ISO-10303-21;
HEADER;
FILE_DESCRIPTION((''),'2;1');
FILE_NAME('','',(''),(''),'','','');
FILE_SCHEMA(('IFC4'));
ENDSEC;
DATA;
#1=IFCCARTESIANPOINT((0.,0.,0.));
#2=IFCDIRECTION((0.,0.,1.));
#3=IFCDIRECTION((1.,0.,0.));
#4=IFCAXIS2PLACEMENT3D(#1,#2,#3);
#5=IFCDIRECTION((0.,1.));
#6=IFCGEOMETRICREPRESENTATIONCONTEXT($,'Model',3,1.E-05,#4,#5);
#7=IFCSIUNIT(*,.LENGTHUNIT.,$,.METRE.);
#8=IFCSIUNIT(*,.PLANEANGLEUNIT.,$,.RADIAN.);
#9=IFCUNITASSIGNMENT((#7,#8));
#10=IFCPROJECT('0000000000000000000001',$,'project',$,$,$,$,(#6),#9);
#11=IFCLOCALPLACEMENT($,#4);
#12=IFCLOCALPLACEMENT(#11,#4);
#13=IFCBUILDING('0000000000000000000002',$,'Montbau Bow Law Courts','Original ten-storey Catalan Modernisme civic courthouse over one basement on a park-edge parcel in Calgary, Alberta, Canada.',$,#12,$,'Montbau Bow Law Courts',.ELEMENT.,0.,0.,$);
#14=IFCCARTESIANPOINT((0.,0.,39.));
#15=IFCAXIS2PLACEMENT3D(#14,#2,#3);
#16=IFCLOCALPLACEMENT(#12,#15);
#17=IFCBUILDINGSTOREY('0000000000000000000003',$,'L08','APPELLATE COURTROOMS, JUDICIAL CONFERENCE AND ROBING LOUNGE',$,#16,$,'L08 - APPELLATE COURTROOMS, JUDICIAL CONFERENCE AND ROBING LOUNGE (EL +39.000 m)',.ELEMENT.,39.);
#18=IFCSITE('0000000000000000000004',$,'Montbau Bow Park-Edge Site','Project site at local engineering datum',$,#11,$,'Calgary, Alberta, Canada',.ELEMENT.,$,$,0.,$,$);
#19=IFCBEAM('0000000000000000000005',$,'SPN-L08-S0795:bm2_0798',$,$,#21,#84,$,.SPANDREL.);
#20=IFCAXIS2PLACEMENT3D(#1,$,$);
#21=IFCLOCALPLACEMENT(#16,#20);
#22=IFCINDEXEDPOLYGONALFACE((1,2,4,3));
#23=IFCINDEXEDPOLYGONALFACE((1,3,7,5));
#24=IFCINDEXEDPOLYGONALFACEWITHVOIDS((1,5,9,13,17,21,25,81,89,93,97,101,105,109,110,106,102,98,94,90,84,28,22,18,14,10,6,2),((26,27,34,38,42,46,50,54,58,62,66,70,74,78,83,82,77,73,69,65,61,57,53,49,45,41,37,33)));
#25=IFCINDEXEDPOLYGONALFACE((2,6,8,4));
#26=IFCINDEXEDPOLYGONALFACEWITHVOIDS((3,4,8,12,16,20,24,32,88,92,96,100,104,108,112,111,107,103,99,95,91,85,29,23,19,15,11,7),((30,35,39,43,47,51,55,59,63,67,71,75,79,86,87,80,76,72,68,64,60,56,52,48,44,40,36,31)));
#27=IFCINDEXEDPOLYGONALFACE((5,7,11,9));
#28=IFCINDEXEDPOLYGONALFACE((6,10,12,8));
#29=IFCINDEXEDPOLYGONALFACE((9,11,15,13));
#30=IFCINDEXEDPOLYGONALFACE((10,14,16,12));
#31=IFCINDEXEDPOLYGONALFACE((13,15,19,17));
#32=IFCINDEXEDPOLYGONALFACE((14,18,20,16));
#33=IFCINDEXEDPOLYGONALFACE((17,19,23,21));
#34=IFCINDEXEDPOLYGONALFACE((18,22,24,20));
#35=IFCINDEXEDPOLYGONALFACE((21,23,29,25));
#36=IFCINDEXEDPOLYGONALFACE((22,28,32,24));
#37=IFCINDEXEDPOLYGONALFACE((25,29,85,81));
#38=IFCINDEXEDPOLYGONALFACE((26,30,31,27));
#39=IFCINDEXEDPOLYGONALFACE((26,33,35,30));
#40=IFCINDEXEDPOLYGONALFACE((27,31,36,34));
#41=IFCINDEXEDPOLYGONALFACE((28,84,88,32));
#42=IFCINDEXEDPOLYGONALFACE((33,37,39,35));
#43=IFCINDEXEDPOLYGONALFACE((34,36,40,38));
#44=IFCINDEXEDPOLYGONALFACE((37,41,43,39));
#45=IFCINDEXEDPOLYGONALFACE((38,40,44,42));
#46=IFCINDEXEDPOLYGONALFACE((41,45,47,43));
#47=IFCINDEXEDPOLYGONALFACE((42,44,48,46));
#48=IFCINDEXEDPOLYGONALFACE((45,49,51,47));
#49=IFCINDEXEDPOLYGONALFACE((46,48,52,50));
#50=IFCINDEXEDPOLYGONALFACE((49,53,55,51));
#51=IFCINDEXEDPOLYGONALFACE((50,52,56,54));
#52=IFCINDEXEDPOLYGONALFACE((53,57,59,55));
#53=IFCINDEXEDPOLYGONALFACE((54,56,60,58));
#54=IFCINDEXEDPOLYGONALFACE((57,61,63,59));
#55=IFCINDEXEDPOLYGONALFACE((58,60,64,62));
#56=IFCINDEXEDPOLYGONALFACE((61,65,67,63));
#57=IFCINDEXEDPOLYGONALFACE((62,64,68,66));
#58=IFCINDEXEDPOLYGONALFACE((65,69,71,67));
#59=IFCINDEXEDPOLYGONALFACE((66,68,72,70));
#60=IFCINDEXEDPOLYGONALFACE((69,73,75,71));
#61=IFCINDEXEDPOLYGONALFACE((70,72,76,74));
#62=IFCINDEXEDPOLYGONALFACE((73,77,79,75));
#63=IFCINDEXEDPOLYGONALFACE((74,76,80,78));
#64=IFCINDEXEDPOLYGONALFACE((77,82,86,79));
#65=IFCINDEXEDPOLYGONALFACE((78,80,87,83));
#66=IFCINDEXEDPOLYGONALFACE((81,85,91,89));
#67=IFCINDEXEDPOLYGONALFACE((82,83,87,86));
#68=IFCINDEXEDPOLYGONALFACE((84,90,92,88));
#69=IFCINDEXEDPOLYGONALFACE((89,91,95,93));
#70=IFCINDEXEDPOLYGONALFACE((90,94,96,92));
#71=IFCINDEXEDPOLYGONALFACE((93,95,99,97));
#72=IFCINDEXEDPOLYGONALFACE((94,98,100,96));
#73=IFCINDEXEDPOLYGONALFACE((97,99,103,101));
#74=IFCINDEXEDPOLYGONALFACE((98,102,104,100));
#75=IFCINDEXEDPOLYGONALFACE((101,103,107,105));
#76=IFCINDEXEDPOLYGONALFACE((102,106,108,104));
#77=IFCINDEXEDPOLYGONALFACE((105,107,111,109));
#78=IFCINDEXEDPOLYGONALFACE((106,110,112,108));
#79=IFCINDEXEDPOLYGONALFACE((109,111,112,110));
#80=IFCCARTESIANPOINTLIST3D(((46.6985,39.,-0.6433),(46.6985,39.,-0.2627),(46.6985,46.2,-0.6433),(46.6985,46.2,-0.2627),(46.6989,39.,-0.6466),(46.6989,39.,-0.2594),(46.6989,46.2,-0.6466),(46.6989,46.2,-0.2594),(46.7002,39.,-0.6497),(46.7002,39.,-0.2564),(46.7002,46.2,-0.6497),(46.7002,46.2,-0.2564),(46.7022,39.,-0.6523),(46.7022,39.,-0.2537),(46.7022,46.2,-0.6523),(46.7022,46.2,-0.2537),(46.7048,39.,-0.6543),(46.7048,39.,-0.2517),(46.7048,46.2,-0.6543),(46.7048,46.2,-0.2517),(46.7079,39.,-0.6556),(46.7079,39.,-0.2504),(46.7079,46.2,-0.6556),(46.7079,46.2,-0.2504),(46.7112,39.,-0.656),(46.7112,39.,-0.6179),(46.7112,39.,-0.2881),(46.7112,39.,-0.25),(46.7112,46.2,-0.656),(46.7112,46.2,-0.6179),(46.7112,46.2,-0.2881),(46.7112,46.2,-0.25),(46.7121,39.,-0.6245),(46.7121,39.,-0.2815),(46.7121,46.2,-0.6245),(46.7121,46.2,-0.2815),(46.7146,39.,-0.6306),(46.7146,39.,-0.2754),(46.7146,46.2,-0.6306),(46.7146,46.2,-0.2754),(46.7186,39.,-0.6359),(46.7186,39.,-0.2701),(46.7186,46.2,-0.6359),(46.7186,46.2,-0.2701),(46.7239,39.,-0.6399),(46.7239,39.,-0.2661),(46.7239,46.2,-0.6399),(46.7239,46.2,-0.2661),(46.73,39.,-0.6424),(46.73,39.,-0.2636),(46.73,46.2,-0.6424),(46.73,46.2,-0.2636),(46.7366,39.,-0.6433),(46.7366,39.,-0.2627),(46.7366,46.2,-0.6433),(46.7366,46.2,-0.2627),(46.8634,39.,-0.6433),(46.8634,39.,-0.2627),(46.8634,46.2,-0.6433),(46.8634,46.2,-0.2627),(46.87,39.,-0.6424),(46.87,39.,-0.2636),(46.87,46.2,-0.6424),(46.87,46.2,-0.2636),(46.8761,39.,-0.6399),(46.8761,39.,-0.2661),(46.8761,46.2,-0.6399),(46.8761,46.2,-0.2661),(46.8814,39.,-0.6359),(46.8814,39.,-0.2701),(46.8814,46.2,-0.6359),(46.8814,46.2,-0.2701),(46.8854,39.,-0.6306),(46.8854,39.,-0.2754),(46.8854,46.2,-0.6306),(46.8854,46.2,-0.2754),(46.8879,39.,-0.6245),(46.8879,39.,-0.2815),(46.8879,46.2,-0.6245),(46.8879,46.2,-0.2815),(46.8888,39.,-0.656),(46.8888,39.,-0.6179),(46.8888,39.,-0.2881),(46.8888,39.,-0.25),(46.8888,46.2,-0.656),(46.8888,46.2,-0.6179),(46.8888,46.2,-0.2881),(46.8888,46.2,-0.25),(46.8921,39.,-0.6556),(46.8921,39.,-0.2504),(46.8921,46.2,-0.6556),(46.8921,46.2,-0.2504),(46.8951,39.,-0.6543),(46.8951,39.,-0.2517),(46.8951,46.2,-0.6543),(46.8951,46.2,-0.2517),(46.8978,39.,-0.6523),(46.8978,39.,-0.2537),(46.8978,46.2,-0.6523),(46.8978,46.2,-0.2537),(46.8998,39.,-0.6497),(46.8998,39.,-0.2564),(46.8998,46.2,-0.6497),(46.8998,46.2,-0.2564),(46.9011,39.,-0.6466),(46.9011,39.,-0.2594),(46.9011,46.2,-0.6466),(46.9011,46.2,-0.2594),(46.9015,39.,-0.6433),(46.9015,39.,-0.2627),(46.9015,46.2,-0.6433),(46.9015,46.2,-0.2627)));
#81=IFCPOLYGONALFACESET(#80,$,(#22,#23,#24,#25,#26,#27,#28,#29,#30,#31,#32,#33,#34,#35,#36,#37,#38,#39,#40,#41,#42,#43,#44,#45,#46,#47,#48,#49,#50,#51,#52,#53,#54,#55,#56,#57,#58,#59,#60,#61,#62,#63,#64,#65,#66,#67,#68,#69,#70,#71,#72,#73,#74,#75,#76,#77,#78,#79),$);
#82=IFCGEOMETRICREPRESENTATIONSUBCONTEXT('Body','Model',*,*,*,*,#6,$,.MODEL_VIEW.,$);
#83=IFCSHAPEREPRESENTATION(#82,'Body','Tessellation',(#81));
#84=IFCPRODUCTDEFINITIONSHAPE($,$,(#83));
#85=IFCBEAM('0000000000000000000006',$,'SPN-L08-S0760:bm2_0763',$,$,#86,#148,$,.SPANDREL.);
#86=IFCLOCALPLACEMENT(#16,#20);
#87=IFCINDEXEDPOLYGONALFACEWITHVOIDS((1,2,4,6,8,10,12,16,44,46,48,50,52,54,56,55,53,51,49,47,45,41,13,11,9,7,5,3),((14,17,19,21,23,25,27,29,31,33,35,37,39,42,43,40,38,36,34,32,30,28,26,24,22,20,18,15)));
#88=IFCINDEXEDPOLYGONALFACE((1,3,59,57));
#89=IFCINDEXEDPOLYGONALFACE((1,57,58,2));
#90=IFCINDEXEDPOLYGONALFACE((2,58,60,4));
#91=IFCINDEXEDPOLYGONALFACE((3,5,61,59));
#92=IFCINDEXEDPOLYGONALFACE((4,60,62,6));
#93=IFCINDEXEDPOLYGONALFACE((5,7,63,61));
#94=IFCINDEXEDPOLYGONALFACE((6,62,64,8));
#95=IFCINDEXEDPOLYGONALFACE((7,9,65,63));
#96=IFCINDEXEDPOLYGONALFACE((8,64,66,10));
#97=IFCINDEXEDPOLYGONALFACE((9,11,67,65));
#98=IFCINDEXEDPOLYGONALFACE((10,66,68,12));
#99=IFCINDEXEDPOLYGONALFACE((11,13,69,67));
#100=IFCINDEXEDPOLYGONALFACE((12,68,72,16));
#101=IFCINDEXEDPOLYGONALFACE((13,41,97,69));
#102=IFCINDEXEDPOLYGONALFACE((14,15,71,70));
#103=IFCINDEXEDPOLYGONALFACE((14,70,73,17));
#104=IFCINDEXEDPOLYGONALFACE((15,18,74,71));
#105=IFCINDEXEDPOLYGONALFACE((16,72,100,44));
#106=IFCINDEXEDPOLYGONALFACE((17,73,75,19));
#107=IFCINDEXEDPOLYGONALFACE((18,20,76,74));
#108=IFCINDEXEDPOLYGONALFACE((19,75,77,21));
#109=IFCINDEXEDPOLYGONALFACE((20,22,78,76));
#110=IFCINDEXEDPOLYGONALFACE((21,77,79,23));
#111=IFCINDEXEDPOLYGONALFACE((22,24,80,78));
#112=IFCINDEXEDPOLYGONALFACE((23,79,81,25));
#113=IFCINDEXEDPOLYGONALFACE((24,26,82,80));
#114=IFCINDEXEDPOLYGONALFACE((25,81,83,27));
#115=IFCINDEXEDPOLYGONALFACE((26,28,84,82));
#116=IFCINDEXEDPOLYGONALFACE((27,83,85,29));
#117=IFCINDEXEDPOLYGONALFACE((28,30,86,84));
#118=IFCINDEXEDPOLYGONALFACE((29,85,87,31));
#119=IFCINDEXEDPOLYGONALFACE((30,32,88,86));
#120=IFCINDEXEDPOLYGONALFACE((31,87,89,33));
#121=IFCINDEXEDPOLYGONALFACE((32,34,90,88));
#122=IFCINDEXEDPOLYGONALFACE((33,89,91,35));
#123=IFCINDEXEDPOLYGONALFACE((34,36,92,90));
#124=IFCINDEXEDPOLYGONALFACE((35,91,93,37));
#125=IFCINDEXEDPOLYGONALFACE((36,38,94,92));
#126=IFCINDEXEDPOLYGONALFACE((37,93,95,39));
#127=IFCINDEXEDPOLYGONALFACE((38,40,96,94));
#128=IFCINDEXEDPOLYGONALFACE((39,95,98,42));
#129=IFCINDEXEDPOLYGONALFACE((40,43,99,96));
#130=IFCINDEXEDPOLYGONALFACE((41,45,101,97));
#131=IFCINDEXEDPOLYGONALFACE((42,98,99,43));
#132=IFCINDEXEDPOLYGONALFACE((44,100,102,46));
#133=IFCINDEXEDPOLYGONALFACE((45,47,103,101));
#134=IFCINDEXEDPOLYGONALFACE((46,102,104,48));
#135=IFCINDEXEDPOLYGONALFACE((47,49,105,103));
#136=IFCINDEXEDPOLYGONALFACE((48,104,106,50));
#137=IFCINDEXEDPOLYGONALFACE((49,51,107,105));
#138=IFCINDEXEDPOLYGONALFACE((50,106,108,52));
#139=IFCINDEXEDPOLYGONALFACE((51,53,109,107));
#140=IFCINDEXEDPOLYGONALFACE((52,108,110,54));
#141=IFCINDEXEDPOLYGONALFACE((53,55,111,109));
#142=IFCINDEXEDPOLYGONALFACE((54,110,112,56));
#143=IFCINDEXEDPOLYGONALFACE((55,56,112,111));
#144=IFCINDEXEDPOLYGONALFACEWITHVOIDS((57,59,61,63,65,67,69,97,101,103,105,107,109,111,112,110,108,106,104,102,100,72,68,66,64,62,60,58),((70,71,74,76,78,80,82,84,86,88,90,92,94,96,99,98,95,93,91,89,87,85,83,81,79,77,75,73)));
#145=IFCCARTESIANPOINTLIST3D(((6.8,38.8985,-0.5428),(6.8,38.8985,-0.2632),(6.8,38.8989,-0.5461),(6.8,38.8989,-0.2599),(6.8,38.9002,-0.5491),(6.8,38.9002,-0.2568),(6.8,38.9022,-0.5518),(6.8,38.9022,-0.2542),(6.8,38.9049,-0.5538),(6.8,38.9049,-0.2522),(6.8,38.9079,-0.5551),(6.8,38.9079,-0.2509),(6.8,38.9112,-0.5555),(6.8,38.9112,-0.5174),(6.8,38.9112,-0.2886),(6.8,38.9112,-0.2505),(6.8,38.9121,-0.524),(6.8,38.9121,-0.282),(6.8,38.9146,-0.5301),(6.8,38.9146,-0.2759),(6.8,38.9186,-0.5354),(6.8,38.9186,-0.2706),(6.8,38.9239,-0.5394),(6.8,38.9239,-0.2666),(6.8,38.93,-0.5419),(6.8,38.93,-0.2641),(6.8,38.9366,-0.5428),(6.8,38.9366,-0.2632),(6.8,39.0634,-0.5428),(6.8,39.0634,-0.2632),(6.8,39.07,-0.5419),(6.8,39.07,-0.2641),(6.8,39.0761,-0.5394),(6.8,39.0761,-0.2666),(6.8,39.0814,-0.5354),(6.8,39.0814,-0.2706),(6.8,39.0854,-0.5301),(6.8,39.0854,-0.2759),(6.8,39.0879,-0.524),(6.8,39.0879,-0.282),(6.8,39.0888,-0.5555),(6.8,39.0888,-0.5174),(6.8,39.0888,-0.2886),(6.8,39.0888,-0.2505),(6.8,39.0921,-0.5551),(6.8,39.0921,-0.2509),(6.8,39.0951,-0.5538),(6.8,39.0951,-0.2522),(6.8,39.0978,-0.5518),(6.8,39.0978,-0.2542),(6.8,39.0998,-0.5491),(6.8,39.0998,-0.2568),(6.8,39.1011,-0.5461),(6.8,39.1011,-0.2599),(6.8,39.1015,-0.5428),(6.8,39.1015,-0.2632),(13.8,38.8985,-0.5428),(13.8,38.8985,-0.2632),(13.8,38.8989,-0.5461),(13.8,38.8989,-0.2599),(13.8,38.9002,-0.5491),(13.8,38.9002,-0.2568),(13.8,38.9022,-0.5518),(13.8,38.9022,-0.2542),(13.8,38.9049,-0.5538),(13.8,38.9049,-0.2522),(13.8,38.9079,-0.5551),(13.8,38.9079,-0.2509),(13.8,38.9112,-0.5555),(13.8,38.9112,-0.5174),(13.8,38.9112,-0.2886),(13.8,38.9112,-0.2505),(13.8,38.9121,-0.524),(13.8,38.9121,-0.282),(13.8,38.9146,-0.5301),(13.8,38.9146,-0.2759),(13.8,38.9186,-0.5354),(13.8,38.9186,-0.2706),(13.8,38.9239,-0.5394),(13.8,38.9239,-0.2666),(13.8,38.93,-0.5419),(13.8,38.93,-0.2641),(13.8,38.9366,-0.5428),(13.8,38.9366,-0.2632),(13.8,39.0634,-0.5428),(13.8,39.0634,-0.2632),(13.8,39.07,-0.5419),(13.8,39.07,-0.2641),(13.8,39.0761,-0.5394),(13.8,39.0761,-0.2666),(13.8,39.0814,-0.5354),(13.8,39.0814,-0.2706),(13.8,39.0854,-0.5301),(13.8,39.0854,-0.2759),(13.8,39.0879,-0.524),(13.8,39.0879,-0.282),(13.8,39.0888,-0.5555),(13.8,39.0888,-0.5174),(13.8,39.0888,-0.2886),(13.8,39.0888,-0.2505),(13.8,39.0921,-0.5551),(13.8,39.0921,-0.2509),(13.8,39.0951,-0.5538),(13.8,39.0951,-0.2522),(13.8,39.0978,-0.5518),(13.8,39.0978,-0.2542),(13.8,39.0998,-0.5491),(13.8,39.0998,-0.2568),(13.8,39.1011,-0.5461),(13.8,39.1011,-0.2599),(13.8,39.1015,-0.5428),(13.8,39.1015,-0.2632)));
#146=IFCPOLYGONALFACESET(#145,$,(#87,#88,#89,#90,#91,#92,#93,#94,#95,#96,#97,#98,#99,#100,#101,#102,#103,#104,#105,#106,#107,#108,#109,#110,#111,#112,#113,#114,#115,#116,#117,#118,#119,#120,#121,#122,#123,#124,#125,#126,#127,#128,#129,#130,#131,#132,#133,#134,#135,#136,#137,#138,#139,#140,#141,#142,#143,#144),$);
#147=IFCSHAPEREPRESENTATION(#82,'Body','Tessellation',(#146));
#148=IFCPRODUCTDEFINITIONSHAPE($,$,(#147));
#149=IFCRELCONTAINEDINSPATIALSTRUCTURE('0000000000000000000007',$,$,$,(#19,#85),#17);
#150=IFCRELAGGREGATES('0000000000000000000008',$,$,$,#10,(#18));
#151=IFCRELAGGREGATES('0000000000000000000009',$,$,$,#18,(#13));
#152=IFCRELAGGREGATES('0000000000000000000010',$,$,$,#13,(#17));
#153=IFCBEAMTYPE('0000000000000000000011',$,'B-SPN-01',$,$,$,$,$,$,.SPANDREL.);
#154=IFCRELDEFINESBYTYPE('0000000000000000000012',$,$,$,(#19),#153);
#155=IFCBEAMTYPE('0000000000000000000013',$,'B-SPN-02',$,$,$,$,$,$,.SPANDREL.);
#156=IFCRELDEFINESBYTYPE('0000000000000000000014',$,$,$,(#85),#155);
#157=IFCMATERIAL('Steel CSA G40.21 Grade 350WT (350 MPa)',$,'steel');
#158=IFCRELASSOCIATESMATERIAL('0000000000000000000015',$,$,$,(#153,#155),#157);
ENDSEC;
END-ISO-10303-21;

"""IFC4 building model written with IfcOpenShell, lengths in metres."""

from ifc_helpers import new_model, si_unit, direction, frame, origin_with_axes, origin_2d_with_axis, place, context, subcontext, project, spatial, hollow_rectangle, extrude, material, material_profile, profile_set, type_object, element, save


model = new_model("IFC4")

# Units and contexts
model_context = context("Model", 3, precision=1e-05, world=origin_with_axes(), true_north=direction((0.0, 1.0)))
body_context = subcontext(model_context, "Body", "Model", "MODEL_VIEW")
ifc_project = project(units=[si_unit("LENGTHUNIT", "METRE"), si_unit("PLANEANGLEUNIT", "RADIAN")], contexts=[model_context])

# Site, building, storey
site_placement = place(None, origin_with_axes())
site = spatial("IfcSite", under=ifc_project, at=site_placement, Name="Montbau Bow Park-Edge Site", Description="Project site at local engineering datum", LongName="Calgary, Alberta, Canada", CompositionType="ELEMENT", RefElevation=0.0)
building_placement = place(site_placement, origin_with_axes())
building = spatial("IfcBuilding", under=site, at=building_placement, Name="Montbau Bow Law Courts", Description="Original ten-storey Catalan Modernisme civic courthouse over one basement on a park-edge parcel in Calgary, Alberta, Canada.", LongName="Montbau Bow Law Courts", CompositionType="ELEMENT", ElevationOfRefHeight=0.0, ElevationOfTerrain=0.0)
storey_placement = place(building_placement, frame((0.0, 0.0, 39.0), z_axis=(0.0, 0.0, 1.0), x_axis=(1.0, 0.0, 0.0)))
storey = spatial("IfcBuildingStorey", under=building, at=storey_placement, Name="L08", Description="APPELLATE COURTROOMS, JUDICIAL CONFERENCE AND ROBING LOUNGE", LongName="L08 - APPELLATE COURTROOMS, JUDICIAL CONFERENCE AND ROBING LOUNGE (EL +39.000 m)", CompositionType="ELEMENT", Elevation=39.0)

# Beams
ifc_material_1 = material(Name="Steel CSA G40.21 Grade 350WT (350 MPa)", Category="steel")
ifc_material_profile_1 = material_profile(ifc_material_1, hollow_rectangle(XDim=0.203, YDim=0.406, WallThickness=0.0127, InnerFilletRadius=0.0254, OuterFilletRadius=0.0127, at=origin_2d_with_axis()), Name="HSS406X203X13", Category="Main", Priority=0)
ifc_profile_set_1 = profile_set([ifc_material_profile_1], Name="Steel CSA G40.21 Grade 350WT (350 MPa)")
beam_type_1 = type_object("IfcBeamType", Name="B-SPN-01", PredefinedType="SPANDREL", material=ifc_profile_set_1)
for number, where, z_axis, x_axis, name in (
    (1, (46.8, 39.0, 38.547), (0.0, 1.0, 0.0), (-1.0, 0.0, 0.0), "SPN-L08-S0795:bm2_0798"),
):
    element("IfcBeam", number, at=place(None, frame(where, z_axis=z_axis, x_axis=x_axis)), inside=storey, type_object=beam_type_1, Name=name, PredefinedType="SPANDREL", context=body_context, shape_type="SweptSolid", body=[
        extrude(hollow_rectangle(XDim=0.203, YDim=0.406, WallThickness=0.0127, InnerFilletRadius=0.0254, OuterFilletRadius=0.0127, at=origin_2d_with_axis()), origin_with_axes(), (0.0, 0.0, 1.0), 7.2),
    ])
ifc_material_profile_2 = material_profile(ifc_material_1, hollow_rectangle(XDim=0.203, YDim=0.305, WallThickness=0.0127, InnerFilletRadius=0.0254, OuterFilletRadius=0.0127, at=origin_2d_with_axis()), Name="HSS305X203X13", Category="Main", Priority=0)
ifc_profile_set_2 = profile_set([ifc_material_profile_2], Name="Steel CSA G40.21 Grade 350WT (350 MPa)")
beam_type_2 = type_object("IfcBeamType", Name="B-SPN-02", PredefinedType="SPANDREL", material=ifc_profile_set_2)
beam_1_placement = place(None, frame((6.8, 39.0, 38.597), z_axis=(1.0, 0.0, 0.0), x_axis=(0.0, 1.0, 0.0)))
element("IfcBeam", 2, at=beam_1_placement, inside=storey, type_object=beam_type_2, Name="SPN-L08-S0760:bm2_0763", PredefinedType="SPANDREL", context=body_context, shape_type="SweptSolid", body=[
    extrude(hollow_rectangle(XDim=0.203, YDim=0.305, WallThickness=0.0127, InnerFilletRadius=0.0254, OuterFilletRadius=0.0127, at=origin_2d_with_axis()), origin_with_axes(), (0.0, 0.0, 1.0), 7.0),
])

save(model, "model.ifc")
